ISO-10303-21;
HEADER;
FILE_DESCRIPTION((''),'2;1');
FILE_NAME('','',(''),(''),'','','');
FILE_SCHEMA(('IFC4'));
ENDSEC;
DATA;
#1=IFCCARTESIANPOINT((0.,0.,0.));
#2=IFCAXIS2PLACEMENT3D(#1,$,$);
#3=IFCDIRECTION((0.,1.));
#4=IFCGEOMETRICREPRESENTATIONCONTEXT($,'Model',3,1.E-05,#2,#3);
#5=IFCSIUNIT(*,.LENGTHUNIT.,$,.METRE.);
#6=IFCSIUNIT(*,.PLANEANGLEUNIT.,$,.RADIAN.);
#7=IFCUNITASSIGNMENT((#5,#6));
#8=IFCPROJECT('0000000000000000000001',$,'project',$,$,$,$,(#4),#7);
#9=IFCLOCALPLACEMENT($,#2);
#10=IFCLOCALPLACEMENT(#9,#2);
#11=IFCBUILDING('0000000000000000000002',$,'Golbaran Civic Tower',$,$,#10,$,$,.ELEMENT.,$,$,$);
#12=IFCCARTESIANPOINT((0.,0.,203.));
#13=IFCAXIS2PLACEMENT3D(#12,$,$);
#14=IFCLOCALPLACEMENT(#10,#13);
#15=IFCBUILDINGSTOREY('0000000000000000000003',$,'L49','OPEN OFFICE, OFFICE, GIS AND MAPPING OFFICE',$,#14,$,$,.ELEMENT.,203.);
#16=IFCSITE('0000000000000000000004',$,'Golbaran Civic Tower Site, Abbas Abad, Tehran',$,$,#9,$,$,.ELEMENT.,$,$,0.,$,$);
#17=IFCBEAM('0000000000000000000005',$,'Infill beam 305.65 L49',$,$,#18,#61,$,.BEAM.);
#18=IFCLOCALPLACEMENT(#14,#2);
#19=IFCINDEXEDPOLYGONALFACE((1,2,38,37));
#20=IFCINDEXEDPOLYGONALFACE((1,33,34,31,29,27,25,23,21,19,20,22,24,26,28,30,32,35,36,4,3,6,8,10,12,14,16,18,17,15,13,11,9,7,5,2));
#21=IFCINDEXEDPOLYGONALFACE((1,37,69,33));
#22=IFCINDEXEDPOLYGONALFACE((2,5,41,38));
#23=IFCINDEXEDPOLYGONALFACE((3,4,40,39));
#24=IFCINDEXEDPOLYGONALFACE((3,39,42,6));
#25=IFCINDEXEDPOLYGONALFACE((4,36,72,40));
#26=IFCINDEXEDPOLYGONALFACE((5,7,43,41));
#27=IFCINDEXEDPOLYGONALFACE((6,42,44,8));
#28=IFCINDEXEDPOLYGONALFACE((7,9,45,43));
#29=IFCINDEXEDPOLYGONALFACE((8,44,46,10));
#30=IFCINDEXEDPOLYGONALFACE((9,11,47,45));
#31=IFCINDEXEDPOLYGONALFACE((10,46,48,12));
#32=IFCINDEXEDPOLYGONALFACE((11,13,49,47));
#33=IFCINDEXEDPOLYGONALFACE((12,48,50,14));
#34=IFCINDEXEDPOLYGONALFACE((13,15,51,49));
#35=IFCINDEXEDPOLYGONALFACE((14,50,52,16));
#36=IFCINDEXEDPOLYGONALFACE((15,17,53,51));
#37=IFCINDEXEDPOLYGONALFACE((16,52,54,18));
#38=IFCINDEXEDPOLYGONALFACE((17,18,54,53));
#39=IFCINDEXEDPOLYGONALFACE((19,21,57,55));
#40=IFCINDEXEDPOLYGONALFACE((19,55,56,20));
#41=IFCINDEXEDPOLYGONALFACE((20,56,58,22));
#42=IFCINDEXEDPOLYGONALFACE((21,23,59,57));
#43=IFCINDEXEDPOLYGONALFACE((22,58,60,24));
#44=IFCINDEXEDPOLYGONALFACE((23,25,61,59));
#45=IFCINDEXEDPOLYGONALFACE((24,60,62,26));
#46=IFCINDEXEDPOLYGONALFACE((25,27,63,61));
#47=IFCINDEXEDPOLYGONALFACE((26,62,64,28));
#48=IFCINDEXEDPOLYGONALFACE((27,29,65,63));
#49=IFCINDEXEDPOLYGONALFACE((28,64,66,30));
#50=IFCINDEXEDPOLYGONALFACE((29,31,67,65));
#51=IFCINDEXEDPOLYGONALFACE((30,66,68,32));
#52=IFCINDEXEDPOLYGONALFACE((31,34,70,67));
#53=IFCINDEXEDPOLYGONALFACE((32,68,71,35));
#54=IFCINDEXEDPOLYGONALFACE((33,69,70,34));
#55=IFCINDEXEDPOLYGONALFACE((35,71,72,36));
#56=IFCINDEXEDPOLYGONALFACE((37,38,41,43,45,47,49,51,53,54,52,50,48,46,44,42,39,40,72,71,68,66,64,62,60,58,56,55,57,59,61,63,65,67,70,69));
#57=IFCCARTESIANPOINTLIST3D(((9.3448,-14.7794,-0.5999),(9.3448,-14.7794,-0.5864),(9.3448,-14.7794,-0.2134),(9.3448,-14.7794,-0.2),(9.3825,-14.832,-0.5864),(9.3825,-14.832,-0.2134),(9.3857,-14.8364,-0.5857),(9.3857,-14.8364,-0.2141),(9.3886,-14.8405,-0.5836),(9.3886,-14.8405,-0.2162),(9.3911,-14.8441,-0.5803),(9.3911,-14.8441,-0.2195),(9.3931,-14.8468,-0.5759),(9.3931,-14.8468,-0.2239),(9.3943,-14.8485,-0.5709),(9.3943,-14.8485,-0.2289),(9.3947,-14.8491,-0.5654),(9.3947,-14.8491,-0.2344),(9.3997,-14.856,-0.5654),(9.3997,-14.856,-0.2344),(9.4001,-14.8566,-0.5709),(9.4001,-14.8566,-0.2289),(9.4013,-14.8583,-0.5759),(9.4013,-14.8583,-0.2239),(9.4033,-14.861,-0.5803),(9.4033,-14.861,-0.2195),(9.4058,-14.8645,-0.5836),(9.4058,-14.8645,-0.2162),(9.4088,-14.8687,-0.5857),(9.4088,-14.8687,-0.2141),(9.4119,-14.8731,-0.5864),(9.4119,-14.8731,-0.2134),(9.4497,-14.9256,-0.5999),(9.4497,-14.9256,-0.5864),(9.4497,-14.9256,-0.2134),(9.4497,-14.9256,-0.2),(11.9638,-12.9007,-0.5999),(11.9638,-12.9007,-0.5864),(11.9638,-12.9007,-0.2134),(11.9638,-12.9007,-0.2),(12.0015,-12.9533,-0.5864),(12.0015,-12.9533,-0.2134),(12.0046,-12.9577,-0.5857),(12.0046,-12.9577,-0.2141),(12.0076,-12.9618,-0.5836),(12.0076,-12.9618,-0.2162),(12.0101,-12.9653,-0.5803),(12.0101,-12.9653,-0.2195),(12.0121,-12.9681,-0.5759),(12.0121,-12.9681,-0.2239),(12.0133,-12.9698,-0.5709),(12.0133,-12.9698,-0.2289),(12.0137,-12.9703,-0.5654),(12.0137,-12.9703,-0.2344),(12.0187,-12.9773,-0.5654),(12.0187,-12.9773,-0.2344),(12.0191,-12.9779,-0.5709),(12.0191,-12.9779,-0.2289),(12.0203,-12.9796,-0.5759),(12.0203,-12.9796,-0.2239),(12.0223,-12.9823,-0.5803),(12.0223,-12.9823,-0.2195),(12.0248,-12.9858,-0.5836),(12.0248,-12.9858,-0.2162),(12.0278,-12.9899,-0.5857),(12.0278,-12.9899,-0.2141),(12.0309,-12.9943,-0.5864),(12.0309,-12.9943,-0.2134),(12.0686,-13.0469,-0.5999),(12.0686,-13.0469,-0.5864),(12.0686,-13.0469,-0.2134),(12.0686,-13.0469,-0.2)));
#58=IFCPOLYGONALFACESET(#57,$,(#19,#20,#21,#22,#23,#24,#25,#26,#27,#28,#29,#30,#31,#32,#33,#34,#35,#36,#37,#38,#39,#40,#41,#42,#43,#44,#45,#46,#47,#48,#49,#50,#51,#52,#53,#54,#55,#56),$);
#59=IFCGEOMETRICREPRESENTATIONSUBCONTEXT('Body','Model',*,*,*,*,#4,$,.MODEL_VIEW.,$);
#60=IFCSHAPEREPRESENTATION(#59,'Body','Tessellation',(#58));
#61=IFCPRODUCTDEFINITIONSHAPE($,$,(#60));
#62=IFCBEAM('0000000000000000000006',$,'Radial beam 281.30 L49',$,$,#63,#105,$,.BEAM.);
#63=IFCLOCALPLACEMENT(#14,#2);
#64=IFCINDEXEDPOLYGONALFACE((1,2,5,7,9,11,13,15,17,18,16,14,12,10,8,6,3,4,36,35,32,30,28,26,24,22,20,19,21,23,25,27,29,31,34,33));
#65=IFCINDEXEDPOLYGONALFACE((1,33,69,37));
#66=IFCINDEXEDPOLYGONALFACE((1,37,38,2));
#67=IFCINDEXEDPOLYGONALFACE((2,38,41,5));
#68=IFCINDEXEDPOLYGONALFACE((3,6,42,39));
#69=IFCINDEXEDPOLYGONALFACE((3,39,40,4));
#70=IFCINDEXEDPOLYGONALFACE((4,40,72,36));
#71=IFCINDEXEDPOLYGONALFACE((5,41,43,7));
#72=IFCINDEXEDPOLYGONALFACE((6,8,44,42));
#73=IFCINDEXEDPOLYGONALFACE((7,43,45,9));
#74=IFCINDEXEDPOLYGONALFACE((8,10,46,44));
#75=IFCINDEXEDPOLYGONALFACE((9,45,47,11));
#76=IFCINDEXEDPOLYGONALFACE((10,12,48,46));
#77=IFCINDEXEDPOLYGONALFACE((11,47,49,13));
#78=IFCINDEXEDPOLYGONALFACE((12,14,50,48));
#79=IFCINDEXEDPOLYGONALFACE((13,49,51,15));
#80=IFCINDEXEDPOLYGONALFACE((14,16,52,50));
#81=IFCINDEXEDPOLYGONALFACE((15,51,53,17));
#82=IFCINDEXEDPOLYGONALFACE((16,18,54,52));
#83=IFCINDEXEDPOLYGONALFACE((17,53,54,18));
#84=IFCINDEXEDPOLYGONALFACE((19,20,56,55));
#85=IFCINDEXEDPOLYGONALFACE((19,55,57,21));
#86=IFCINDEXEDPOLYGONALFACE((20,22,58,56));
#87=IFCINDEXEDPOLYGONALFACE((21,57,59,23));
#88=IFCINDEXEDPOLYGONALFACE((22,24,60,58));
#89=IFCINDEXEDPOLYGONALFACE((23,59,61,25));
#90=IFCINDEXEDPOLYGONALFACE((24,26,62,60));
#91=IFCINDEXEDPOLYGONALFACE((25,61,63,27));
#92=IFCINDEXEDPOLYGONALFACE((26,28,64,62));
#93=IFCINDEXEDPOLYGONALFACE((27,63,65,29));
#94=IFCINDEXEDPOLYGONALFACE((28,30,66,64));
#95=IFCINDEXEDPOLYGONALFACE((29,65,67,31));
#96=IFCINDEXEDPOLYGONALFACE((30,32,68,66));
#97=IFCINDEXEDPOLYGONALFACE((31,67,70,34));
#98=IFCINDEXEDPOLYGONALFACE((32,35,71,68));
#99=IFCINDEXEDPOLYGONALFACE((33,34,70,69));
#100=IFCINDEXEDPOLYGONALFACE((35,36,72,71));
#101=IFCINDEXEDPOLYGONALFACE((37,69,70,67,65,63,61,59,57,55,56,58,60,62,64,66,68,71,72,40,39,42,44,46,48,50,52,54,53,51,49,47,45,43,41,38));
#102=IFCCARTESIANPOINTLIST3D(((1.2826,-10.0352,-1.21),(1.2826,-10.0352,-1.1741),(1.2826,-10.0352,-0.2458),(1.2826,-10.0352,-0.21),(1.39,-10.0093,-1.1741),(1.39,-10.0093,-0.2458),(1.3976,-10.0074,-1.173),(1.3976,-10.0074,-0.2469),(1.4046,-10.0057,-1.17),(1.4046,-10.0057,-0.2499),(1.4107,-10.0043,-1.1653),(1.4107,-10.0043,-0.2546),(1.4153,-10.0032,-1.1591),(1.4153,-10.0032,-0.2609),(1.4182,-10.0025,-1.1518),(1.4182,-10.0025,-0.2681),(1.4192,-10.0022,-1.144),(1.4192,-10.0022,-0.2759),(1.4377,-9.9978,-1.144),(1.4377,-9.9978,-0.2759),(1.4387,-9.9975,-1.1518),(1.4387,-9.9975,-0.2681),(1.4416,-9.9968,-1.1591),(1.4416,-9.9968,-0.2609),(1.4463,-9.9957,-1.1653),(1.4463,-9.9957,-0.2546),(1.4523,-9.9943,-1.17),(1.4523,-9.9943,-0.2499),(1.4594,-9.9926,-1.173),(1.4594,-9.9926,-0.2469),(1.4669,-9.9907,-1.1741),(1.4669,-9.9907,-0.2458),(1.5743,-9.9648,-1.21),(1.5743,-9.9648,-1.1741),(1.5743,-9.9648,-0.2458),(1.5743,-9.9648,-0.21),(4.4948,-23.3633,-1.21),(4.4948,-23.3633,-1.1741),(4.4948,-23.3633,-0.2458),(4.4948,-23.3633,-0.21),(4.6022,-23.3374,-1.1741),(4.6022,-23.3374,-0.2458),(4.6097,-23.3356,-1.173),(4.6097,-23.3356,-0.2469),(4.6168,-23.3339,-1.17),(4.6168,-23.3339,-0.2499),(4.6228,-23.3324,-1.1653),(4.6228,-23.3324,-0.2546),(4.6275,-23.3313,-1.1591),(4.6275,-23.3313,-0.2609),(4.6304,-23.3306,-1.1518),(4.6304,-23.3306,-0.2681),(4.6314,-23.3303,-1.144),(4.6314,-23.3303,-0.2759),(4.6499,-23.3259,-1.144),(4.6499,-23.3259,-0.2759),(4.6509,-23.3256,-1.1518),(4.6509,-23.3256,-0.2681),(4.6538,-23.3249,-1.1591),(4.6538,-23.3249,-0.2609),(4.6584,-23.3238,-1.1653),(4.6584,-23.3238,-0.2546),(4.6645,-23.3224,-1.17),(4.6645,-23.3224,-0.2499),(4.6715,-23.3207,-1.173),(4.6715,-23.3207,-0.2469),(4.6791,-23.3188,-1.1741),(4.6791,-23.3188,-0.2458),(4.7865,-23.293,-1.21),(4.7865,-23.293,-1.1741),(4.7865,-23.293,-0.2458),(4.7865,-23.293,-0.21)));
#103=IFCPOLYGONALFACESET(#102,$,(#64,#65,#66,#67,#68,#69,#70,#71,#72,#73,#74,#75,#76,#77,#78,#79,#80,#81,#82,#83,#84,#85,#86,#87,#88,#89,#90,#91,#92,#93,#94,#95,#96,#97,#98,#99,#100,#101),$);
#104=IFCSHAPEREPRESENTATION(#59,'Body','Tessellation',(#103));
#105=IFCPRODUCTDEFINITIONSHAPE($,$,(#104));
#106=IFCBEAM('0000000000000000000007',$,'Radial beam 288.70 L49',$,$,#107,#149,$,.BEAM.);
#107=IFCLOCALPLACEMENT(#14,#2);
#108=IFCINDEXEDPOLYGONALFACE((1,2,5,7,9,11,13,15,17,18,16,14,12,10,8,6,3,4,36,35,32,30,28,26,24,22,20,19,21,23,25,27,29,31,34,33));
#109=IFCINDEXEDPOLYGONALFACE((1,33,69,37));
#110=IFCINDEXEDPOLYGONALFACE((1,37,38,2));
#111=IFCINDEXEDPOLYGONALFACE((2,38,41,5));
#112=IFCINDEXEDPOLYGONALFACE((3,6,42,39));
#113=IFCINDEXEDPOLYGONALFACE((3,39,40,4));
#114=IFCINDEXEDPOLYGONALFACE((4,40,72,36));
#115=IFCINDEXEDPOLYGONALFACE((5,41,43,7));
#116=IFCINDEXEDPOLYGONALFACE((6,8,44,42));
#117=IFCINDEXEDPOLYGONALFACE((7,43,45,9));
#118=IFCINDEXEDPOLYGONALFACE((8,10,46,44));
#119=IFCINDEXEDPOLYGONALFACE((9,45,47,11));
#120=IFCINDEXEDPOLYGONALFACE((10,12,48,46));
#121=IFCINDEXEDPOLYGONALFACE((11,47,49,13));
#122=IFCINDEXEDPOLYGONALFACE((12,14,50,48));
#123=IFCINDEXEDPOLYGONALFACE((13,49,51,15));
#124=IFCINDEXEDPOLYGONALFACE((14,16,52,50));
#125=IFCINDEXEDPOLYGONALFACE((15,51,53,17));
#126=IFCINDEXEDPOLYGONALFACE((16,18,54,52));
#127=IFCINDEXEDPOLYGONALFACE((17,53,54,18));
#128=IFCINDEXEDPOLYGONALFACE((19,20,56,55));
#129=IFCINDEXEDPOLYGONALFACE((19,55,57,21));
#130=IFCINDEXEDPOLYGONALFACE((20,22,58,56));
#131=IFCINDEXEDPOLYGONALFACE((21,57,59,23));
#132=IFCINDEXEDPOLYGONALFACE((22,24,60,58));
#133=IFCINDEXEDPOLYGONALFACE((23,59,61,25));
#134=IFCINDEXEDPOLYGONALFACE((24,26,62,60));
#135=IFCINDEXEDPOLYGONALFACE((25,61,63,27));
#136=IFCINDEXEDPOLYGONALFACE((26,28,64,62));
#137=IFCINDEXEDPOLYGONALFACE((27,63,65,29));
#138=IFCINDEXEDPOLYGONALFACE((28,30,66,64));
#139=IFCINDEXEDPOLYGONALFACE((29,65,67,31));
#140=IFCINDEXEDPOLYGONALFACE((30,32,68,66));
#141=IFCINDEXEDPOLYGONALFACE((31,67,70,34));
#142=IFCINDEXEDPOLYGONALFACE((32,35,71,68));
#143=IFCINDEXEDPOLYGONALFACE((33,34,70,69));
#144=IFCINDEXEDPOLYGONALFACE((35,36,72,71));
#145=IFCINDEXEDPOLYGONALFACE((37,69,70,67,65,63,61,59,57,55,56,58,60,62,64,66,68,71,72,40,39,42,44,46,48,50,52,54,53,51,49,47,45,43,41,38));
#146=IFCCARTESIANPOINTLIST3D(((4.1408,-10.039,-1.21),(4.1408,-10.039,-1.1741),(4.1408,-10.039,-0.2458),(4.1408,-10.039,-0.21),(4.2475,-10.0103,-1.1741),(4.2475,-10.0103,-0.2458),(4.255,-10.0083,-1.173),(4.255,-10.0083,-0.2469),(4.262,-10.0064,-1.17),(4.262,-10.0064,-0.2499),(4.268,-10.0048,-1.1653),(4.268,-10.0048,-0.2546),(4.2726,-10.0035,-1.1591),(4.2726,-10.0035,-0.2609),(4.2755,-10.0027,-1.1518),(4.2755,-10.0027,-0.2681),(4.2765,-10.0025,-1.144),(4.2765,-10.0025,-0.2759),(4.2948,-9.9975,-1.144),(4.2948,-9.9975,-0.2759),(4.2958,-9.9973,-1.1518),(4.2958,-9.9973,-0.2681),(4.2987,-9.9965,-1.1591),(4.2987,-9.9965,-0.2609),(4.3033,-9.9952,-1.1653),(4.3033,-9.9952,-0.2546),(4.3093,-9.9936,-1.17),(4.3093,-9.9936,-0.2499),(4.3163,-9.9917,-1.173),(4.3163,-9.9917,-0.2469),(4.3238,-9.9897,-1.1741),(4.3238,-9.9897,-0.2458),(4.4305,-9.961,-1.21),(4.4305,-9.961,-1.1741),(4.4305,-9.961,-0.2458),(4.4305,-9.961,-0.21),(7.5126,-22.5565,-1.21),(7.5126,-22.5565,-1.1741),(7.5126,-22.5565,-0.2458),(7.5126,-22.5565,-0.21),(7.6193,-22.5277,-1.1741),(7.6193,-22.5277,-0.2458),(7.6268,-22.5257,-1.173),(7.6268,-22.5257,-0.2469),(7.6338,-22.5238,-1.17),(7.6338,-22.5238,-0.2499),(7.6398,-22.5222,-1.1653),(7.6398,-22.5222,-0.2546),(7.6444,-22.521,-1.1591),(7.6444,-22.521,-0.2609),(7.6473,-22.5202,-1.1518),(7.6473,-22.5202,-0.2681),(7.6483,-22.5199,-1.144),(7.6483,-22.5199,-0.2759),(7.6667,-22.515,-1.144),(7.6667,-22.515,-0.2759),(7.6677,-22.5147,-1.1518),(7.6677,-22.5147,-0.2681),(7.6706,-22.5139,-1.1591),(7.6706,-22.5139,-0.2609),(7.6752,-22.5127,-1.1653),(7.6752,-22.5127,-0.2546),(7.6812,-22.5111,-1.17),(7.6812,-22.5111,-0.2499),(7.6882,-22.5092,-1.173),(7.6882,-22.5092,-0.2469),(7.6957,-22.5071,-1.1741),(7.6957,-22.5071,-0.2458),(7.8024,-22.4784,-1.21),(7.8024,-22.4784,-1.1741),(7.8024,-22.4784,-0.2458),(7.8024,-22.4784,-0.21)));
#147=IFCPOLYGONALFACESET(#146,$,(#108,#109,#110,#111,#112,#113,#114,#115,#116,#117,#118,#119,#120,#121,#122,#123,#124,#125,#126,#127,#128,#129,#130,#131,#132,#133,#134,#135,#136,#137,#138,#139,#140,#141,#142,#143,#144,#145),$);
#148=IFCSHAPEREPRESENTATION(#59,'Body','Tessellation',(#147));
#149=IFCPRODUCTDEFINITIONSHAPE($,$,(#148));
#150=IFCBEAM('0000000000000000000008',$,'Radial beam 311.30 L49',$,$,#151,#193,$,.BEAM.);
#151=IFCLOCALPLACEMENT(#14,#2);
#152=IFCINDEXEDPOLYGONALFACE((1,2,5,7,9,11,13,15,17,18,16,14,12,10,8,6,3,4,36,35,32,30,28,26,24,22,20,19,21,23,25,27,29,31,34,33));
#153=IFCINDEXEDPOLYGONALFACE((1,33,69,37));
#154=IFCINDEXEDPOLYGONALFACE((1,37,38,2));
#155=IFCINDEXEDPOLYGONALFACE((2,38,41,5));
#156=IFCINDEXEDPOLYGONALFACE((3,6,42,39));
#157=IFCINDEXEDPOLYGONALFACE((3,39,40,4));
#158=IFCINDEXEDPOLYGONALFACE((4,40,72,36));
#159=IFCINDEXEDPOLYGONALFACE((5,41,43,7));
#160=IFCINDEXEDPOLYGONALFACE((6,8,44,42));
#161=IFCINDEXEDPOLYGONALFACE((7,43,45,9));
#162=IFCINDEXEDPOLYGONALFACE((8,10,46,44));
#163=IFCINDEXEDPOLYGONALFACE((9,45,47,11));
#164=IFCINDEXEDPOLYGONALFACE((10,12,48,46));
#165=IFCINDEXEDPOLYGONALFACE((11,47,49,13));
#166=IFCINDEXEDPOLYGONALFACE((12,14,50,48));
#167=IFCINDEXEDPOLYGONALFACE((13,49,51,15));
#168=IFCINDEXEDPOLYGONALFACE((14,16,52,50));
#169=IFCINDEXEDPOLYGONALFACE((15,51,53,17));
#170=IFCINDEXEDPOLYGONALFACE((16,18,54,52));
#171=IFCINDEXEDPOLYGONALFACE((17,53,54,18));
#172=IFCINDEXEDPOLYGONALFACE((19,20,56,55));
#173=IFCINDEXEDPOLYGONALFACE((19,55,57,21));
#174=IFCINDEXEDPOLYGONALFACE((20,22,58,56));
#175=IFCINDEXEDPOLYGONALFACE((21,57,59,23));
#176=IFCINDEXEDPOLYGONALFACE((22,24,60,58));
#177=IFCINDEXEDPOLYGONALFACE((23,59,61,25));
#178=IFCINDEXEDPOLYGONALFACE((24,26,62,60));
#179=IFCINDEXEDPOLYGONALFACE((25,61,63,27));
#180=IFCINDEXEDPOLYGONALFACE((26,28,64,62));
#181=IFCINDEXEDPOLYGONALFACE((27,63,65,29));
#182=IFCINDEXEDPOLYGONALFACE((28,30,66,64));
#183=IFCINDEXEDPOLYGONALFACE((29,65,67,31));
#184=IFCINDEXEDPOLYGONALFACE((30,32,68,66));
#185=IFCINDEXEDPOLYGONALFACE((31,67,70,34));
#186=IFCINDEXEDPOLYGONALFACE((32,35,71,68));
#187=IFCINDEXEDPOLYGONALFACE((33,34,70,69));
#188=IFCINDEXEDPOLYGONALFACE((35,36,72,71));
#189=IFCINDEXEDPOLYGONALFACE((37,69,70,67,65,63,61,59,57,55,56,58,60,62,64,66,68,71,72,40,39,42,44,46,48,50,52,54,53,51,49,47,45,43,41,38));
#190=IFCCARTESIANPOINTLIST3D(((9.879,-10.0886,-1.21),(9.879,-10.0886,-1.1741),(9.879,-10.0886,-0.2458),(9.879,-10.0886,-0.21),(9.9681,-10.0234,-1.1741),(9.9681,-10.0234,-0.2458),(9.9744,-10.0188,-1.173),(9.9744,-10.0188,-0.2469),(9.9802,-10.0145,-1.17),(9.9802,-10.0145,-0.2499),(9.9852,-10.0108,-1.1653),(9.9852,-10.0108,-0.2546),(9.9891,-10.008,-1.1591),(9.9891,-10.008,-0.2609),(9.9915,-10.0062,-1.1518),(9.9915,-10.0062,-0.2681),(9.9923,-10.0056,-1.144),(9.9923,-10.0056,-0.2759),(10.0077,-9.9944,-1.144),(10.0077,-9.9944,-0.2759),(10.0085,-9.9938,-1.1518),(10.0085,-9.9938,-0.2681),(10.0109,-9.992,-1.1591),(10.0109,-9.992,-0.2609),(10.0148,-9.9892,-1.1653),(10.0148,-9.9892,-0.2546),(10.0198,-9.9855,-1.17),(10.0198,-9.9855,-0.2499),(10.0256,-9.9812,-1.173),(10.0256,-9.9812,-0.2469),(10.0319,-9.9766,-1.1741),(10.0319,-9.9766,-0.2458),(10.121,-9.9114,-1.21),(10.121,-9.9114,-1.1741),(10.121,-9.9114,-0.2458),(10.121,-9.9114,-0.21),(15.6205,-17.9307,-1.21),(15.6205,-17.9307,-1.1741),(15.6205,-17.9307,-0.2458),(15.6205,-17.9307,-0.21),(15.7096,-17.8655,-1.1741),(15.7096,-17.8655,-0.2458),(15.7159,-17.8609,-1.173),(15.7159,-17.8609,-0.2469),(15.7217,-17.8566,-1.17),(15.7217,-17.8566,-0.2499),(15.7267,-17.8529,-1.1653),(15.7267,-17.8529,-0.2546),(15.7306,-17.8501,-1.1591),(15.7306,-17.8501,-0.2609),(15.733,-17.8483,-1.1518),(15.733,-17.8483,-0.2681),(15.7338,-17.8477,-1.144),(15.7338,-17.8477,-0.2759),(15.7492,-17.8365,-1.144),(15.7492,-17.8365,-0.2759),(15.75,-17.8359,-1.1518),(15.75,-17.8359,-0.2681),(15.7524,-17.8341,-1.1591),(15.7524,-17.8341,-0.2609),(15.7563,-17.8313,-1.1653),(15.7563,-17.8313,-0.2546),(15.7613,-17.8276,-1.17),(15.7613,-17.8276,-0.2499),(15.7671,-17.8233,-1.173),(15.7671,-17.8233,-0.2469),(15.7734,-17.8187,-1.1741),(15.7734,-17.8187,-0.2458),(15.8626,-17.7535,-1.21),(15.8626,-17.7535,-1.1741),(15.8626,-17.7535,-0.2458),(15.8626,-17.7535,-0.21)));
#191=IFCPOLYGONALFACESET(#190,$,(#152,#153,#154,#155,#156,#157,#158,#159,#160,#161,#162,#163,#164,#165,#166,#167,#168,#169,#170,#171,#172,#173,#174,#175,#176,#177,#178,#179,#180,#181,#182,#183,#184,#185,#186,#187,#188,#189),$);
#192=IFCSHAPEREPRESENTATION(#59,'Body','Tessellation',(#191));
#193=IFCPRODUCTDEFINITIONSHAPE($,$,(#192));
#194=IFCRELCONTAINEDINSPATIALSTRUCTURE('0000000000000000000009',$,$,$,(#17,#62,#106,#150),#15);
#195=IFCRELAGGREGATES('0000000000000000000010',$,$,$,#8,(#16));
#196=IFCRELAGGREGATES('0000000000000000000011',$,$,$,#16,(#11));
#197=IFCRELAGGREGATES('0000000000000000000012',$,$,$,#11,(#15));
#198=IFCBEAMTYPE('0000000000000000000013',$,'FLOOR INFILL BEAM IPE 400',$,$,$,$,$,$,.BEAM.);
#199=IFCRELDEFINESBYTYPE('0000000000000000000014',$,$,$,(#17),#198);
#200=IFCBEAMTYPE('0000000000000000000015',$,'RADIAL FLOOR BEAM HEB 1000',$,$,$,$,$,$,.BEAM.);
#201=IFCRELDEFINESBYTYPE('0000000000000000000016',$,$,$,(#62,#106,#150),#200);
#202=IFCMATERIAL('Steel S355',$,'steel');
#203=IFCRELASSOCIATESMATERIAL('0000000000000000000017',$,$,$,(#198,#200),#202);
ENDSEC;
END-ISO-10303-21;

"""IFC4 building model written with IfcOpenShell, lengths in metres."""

from ifc_helpers import new_model, si_unit, direction, frame, origin, origin_2d, place, context, subcontext, project, spatial, i_section, extrude, material, material_profile, profile_set, type_object, element, save


model = new_model("IFC4")

# Units and contexts
model_context = context("Model", 3, precision=1e-05, world=origin(), true_north=direction((0.0, 1.0)))
body_context = subcontext(model_context, "Body", "Model", "MODEL_VIEW")
ifc_project = project(units=[si_unit("LENGTHUNIT", "METRE"), si_unit("PLANEANGLEUNIT", "RADIAN")], contexts=[model_context])

# Site, building, storey
site_placement = place(None, origin())
site = spatial("IfcSite", under=ifc_project, at=site_placement, Name="Golbaran Civic Tower Site, Abbas Abad, Tehran", CompositionType="ELEMENT", RefElevation=0.0)
building_placement = place(site_placement, origin())
building = spatial("IfcBuilding", under=site, at=building_placement, Name="Golbaran Civic Tower", CompositionType="ELEMENT")
storey_placement = place(building_placement, frame((0.0, 0.0, 203.0)))
storey = spatial("IfcBuildingStorey", under=building, at=storey_placement, Name="L49", Description="OPEN OFFICE, OFFICE, GIS AND MAPPING OFFICE", CompositionType="ELEMENT", Elevation=203.0)

# Beams
ifc_material_1 = material(Name="Steel S355", Category="steel")
ifc_material_profile_1 = material_profile(ifc_material_1, i_section(OverallWidth=0.1799, OverallDepth=0.3999, WebThickness=0.0085, FlangeThickness=0.0134, FilletRadius=0.021, at=origin_2d()), Name="IPE 400")
ifc_profile_set_1 = profile_set([ifc_material_profile_1], Name="Steel S355")
beam_type_1 = type_object("IfcBeamType", Name="FLOOR INFILL BEAM IPE 400", PredefinedType="BEAM", material=ifc_profile_set_1)
beam_1_placement = place(storey_placement, frame((9.3972, -14.8525, -0.3999), z_axis=(0.812555, 0.582885, 0.0), x_axis=(-0.582885, 0.812555, 0.0)))
element("IfcBeam", 1, at=beam_1_placement, inside=storey, type_object=beam_type_1, Name="Infill beam 305.65 L49", PredefinedType="BEAM", context=body_context, shape_type="SweptSolid", body=[
    extrude(i_section(OverallWidth=0.1799, OverallDepth=0.3999, WebThickness=0.0085, FlangeThickness=0.0134, FilletRadius=0.021, at=origin_2d()), origin(), (0.0, 0.0, 1.0), 3.2231),
])
ifc_material_profile_2 = material_profile(ifc_material_1, i_section(OverallWidth=0.3, OverallDepth=1.0, WebThickness=0.019, FlangeThickness=0.0359, FilletRadius=0.03, at=origin_2d()), Name="HEB 1000")
ifc_profile_set_2 = profile_set([ifc_material_profile_2], Name="Steel S355")
beam_type_2 = type_object("IfcBeamType", Name="RADIAL FLOOR BEAM HEB 1000", PredefinedType="BEAM", material=ifc_profile_set_2)
beam_2_placement = place(storey_placement, frame((1.4285, -10.0, -0.71), z_axis=(0.234298, -0.972165, 0.0), x_axis=(0.972165, 0.234298, 0.0)))
element("IfcBeam", 2, at=beam_2_placement, inside=storey, type_object=beam_type_2, Name="Radial beam 281.30 L49", PredefinedType="BEAM", context=body_context, shape_type="SweptSolid", body=[
    extrude(i_section(OverallWidth=0.3, OverallDepth=1.0, WebThickness=0.019, FlangeThickness=0.0359, FilletRadius=0.03, at=origin_2d()), origin(), (0.0, 0.0, 1.0), 13.7097),
])
beam_3_placement = place(storey_placement, frame((4.2856, -10.0, -0.71), z_axis=(0.260101, -0.965581, 0.0), x_axis=(0.965581, 0.260101, 0.0)))
element("IfcBeam", 3, at=beam_3_placement, inside=storey, type_object=beam_type_2, Name="Radial beam 288.70 L49", PredefinedType="BEAM", context=body_context, shape_type="SweptSolid", body=[
    extrude(i_section(OverallWidth=0.3, OverallDepth=1.0, WebThickness=0.019, FlangeThickness=0.0359, FilletRadius=0.03, at=origin_2d()), origin(), (0.0, 0.0, 1.0), 12.9636),
])
beam_4_placement = place(storey_placement, frame((10.0, -10.0, -0.71), z_axis=(0.590736, -0.806865, 0.0), x_axis=(0.806865, 0.590736, 0.0)))
element("IfcBeam", 4, at=beam_4_placement, inside=storey, type_object=beam_type_2, Name="Radial beam 311.30 L49", PredefinedType="BEAM", context=body_context, shape_type="SweptSolid", body=[
    extrude(i_section(OverallWidth=0.3, OverallDepth=1.0, WebThickness=0.019, FlangeThickness=0.0359, FilletRadius=0.03, at=origin_2d()), origin(), (0.0, 0.0, 1.0), 9.7192),
])

save(model, "model.ifc")
